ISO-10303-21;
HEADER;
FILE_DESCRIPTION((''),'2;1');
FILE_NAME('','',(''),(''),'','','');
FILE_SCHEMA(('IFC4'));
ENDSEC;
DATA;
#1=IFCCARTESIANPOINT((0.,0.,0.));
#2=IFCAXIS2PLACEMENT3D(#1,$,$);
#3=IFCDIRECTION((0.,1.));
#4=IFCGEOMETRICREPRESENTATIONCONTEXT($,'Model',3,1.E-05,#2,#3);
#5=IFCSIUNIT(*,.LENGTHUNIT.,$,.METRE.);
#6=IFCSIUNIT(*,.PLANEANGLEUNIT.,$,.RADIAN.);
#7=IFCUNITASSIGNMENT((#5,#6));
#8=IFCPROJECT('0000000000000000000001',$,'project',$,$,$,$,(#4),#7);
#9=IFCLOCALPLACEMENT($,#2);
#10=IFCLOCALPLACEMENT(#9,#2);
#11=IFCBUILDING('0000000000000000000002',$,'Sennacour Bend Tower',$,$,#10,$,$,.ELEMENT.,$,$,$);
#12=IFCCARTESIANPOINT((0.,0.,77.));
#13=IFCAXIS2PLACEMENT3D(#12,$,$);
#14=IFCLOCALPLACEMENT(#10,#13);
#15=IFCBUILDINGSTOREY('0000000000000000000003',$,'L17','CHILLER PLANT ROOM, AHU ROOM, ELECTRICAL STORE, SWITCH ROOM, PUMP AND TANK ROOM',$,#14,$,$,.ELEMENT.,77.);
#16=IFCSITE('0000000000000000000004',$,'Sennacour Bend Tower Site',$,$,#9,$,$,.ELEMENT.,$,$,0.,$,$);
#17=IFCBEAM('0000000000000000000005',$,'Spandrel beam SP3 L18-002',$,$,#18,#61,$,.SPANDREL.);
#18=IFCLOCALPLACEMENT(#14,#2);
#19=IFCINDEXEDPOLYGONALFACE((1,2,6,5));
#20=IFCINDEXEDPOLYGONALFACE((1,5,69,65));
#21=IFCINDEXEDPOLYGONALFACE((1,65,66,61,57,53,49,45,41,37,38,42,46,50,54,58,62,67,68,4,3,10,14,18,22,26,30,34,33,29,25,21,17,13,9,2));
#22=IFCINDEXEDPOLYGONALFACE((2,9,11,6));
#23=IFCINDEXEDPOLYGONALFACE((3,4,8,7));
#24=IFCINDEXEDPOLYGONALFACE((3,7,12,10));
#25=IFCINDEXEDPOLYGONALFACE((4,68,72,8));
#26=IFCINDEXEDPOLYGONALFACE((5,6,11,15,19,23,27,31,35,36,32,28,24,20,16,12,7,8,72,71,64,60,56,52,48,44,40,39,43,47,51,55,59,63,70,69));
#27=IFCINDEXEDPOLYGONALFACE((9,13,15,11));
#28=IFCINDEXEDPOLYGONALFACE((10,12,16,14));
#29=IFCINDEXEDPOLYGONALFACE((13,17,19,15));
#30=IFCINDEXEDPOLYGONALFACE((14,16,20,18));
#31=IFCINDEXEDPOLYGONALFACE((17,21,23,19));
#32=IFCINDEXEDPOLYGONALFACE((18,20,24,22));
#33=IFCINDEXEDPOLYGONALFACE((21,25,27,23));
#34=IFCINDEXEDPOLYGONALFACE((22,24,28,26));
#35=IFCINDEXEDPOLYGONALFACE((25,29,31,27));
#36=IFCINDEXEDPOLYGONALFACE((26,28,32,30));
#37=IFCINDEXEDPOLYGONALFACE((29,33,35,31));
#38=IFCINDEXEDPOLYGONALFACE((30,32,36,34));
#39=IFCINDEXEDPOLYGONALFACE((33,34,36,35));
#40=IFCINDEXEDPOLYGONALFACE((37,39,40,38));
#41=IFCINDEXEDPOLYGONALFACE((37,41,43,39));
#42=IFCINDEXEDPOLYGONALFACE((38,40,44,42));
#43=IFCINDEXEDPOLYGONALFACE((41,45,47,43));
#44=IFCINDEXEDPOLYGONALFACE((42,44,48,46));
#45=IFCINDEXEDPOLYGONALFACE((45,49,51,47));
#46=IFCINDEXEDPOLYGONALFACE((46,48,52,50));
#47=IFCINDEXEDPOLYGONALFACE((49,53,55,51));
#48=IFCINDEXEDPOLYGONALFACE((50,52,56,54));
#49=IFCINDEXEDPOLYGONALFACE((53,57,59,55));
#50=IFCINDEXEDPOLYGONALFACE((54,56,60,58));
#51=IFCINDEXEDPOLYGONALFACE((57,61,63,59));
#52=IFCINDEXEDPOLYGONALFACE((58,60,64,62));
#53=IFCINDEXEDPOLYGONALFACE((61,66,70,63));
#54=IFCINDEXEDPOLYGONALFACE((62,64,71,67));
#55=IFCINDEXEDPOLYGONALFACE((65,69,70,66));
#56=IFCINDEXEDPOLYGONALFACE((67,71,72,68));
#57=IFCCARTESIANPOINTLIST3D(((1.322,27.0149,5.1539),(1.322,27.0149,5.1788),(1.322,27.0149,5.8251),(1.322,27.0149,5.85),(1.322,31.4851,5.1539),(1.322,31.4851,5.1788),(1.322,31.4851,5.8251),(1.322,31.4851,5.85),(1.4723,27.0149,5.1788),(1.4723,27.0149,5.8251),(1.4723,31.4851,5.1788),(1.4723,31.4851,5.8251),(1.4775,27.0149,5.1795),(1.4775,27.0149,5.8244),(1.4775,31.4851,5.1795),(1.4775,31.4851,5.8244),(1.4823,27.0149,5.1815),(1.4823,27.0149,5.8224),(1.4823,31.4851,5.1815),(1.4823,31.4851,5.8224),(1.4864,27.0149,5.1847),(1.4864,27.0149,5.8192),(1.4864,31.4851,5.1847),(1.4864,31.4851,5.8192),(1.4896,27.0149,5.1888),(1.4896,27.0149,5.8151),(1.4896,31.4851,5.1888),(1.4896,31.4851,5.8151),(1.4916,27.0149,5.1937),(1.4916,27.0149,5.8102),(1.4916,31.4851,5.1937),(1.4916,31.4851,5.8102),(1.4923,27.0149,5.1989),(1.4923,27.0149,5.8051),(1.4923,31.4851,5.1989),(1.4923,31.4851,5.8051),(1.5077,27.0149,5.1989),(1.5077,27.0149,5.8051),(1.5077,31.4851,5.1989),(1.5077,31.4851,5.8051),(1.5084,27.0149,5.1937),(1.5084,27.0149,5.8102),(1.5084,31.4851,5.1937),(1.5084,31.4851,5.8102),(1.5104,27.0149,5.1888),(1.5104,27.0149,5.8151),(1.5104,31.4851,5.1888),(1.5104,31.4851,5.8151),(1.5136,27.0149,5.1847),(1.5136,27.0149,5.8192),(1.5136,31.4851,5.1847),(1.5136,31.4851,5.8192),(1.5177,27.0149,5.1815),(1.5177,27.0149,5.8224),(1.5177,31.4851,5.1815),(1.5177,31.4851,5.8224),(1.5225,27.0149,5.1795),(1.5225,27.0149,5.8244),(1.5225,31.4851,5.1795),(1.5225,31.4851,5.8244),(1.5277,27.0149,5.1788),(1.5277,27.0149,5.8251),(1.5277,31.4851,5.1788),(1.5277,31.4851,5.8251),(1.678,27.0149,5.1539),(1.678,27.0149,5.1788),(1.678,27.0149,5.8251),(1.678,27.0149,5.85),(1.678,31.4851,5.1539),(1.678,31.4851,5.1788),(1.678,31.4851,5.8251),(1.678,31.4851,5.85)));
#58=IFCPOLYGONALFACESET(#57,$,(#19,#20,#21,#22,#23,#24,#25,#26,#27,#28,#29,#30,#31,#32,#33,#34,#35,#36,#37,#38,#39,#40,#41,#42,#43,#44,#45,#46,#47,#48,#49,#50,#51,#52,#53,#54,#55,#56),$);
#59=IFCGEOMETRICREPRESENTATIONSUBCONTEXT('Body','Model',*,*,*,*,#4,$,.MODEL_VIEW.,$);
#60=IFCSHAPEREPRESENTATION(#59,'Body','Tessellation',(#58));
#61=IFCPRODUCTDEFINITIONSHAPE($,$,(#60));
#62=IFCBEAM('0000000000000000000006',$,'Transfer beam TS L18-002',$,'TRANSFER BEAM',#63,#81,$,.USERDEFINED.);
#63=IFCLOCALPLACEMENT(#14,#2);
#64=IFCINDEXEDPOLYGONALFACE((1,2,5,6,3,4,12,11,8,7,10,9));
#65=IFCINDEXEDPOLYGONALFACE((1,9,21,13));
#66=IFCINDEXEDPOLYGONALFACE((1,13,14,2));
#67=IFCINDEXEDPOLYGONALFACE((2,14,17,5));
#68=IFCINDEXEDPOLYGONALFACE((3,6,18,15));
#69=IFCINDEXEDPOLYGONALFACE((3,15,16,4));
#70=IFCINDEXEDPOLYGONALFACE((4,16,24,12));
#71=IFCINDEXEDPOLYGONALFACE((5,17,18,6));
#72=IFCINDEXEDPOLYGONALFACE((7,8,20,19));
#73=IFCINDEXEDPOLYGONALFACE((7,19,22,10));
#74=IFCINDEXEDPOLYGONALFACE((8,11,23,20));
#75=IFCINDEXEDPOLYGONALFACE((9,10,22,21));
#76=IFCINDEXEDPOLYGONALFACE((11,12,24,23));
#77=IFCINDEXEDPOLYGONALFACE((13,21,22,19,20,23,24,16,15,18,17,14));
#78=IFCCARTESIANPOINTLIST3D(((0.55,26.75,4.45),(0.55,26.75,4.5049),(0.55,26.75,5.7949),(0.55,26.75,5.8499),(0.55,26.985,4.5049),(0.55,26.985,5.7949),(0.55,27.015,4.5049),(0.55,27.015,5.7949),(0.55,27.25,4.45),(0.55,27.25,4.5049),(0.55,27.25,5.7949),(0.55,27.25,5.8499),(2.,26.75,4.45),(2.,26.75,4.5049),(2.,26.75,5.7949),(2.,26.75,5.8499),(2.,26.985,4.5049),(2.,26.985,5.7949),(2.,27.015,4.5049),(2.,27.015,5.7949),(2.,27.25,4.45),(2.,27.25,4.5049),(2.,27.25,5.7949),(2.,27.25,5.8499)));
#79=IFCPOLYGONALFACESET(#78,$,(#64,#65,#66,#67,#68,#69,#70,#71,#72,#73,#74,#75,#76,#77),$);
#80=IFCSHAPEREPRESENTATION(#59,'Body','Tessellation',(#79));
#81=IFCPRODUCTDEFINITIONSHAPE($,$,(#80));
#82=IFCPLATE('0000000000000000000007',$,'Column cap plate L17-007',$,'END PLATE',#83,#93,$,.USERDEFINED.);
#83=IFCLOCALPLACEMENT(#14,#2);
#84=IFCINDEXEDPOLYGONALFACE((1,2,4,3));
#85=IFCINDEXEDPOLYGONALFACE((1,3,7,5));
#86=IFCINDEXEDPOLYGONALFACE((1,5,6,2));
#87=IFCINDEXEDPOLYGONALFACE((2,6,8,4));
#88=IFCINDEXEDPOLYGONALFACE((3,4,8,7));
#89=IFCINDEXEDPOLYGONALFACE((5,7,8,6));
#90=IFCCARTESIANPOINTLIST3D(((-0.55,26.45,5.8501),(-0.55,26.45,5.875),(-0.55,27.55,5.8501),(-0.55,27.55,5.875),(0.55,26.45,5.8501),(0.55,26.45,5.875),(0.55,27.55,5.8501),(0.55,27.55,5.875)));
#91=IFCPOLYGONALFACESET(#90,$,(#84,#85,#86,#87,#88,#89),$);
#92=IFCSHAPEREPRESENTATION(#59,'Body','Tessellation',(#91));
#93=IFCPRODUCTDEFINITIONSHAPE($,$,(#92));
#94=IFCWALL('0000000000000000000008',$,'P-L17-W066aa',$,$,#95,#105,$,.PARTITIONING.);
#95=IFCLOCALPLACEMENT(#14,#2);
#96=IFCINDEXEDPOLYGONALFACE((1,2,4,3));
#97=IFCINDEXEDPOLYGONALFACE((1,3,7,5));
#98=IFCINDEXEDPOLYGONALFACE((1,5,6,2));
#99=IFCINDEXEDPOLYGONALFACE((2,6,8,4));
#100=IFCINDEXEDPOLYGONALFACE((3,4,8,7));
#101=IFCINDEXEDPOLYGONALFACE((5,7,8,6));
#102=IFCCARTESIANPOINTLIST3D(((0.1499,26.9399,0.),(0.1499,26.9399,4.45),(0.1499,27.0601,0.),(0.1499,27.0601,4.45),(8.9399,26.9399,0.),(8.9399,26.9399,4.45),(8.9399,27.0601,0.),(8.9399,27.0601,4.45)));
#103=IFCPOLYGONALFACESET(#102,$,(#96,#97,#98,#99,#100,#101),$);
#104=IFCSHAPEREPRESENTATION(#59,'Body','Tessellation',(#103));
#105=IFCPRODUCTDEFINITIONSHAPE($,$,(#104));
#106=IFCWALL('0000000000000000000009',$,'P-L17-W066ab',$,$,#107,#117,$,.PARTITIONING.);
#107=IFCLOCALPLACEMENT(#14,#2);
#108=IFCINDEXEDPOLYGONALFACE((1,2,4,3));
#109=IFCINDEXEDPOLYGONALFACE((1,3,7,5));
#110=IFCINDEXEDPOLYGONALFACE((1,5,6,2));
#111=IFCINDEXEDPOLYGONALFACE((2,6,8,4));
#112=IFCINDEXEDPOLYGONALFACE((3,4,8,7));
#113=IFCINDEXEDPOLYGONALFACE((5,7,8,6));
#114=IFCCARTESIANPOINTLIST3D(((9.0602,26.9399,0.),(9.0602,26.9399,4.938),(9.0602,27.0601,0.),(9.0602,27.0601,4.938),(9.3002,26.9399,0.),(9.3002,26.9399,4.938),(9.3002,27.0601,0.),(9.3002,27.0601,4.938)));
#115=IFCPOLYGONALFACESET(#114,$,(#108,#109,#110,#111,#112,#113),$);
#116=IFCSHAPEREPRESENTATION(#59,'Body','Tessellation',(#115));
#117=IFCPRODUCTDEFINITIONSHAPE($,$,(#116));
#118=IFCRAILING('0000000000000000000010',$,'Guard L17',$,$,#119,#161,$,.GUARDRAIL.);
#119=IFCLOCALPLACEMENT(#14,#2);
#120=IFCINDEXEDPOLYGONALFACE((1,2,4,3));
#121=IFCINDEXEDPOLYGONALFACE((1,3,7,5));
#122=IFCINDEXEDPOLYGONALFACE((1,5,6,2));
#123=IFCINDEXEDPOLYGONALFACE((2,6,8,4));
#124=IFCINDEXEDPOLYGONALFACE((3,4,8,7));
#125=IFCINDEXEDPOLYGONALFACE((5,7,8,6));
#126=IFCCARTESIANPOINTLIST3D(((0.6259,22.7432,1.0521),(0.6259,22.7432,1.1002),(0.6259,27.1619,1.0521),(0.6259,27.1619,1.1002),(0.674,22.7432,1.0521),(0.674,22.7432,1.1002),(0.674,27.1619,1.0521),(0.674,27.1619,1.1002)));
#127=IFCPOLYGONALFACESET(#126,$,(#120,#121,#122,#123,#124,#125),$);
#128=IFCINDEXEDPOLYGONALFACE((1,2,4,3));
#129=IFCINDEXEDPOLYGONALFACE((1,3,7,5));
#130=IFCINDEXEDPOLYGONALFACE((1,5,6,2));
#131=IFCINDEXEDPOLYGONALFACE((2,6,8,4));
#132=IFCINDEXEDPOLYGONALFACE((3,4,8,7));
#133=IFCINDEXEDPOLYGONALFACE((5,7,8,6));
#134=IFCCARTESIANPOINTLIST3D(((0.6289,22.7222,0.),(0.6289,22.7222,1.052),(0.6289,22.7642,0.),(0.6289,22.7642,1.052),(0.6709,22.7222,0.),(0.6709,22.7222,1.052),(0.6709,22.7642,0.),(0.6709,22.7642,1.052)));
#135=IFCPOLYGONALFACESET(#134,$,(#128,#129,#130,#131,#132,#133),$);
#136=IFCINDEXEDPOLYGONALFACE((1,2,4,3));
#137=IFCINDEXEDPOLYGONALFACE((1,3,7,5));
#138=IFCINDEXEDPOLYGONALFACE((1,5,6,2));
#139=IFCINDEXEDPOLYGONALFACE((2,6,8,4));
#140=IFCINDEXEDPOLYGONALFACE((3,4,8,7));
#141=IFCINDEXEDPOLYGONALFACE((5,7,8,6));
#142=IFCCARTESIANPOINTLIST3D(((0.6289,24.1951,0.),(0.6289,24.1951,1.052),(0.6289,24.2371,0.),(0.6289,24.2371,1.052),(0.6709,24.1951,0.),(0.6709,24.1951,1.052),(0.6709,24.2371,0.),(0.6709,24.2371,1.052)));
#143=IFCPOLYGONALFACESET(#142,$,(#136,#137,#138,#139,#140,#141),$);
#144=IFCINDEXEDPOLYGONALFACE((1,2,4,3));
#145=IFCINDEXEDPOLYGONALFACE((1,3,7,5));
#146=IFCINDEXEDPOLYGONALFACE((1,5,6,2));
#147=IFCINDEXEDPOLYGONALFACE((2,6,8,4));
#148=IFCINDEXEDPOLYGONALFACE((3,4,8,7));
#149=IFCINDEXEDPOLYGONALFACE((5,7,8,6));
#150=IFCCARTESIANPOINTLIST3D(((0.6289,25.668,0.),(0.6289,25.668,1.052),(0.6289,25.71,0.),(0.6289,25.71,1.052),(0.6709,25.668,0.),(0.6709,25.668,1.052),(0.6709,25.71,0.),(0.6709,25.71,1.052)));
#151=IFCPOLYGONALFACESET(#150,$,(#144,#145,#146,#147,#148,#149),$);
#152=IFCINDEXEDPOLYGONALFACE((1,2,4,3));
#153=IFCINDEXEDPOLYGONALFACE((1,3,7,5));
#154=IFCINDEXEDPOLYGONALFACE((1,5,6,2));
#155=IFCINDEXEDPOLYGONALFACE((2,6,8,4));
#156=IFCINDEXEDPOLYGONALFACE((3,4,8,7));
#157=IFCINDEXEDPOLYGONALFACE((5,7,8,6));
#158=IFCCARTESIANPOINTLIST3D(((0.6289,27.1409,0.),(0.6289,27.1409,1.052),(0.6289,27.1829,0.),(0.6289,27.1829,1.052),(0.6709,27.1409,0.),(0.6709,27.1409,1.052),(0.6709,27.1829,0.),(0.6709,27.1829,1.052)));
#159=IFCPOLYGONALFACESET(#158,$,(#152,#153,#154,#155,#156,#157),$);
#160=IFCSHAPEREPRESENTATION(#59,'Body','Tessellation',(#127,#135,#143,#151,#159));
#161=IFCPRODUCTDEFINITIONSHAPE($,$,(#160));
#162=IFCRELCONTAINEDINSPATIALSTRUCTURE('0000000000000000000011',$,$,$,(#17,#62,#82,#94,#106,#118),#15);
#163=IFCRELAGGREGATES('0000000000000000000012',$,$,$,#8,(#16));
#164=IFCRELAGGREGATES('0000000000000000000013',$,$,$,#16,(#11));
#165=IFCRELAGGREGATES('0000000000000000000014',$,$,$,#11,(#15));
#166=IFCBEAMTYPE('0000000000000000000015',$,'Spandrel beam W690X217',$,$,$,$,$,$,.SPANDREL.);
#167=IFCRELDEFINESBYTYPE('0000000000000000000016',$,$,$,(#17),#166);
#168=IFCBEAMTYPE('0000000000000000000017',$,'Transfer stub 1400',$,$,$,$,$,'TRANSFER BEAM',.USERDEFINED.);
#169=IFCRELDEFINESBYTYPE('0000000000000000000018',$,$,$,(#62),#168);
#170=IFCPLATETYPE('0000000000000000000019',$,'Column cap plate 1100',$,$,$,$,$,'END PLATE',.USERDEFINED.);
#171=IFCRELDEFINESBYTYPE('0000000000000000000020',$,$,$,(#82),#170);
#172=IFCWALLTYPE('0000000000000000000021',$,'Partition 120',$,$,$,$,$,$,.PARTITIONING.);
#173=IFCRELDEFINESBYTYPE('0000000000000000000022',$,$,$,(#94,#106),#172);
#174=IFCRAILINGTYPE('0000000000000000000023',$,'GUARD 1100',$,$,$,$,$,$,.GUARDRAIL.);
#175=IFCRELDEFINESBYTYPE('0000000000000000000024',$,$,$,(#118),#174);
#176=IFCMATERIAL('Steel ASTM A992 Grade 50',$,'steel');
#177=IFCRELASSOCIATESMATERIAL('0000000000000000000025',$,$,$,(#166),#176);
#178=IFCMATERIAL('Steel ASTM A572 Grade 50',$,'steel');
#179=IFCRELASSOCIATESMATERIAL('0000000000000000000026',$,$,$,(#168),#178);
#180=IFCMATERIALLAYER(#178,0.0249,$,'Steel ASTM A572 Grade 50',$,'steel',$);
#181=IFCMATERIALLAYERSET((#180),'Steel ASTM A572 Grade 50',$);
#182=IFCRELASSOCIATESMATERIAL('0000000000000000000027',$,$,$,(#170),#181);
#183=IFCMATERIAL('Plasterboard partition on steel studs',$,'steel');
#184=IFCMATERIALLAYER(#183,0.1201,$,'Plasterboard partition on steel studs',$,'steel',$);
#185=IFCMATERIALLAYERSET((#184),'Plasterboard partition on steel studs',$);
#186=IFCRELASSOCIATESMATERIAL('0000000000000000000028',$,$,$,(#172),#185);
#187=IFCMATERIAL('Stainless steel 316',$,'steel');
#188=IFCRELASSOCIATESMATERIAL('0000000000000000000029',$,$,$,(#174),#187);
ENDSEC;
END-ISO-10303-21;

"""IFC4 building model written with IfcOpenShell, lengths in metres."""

from ifc_helpers import new_model, si_unit, direction, frame, frame_2d, origin, origin_2d, place, context, subcontext, project, spatial, rectangle, i_section, extrude, material, layer, layer_set, material_profile, profile_set, type_object, element, save


model = new_model("IFC4")

# Units and contexts
model_context = context("Model", 3, precision=1e-05, world=origin(), true_north=direction((0.0, 1.0)))
body_context = subcontext(model_context, "Body", "Model", "MODEL_VIEW")
ifc_project = project(units=[si_unit("LENGTHUNIT", "METRE"), si_unit("PLANEANGLEUNIT", "RADIAN")], contexts=[model_context])

# Site, building, storey
site_placement = place(None, origin())
site = spatial("IfcSite", under=ifc_project, at=site_placement, Name="Sennacour Bend Tower Site", CompositionType="ELEMENT", RefElevation=0.0)
building_placement = place(site_placement, origin())
building = spatial("IfcBuilding", under=site, at=building_placement, Name="Sennacour Bend Tower", CompositionType="ELEMENT")
storey_placement = place(building_placement, frame((0.0, 0.0, 77.0)))
storey = spatial("IfcBuildingStorey", under=building, at=storey_placement, Name="L17", Description="CHILLER PLANT ROOM, AHU ROOM, ELECTRICAL STORE, SWITCH ROOM, PUMP AND TANK ROOM", CompositionType="ELEMENT", Elevation=77.0)

# Shared definitions
ifc_material_1 = material(Name="Steel ASTM A572 Grade 50", Category="steel")

# Shared definitions
ifc_material_2 = material(Name="Steel ASTM A992 Grade 50", Category="steel")

# Beams
ifc_material_profile_1 = material_profile(ifc_material_2, i_section(OverallWidth=0.356, OverallDepth=0.696, WebThickness=0.0154, FlangeThickness=0.0249, FilletRadius=0.02, at=origin_2d()), Name="Steel ASTM A992 Grade 50", Category="steel")
ifc_profile_set_1 = profile_set([ifc_material_profile_1], Name="Steel ASTM A992 Grade 50")
beam_type_1 = type_object("IfcBeamType", Name="Spandrel beam W690X217", PredefinedType="SPANDREL", material=ifc_profile_set_1)
beam_1_placement = place(storey_placement, frame((1.5, 27.0149, 5.502), z_axis=(0.0, 1.0, 0.0), x_axis=(-1.0, 0.0, 0.0)))
element("IfcBeam", 1, at=beam_1_placement, inside=storey, type_object=beam_type_1, Name="Spandrel beam SP3 L18-002", PredefinedType="SPANDREL", context=body_context, shape_type="SweptSolid", body=[
    extrude(i_section(OverallWidth=0.356, OverallDepth=0.696, WebThickness=0.0154, FlangeThickness=0.0249, FilletRadius=0.02, at=origin_2d()), origin(), (0.0, 0.0, 1.0), 4.4702),
])
ifc_material_profile_2 = material_profile(ifc_material_1, i_section(OverallWidth=0.5, OverallDepth=1.3999, WebThickness=0.03, FlangeThickness=0.0549, at=origin_2d()), Name="Steel ASTM A572 Grade 50", Category="steel")
ifc_profile_set_2 = profile_set([ifc_material_profile_2], Name="Steel ASTM A572 Grade 50")
beam_type_2 = type_object("IfcBeamType", Name="Transfer stub 1400", ElementType="TRANSFER BEAM", PredefinedType="USERDEFINED", material=ifc_profile_set_2)
beam_2_placement = place(storey_placement, frame((0.55, 27.0, 5.1499), z_axis=(1.0, 0.0, 0.0), x_axis=(0.0, 1.0, 0.0)))
element("IfcBeam", 2, at=beam_2_placement, inside=storey, type_object=beam_type_2, Name="Transfer beam TS L18-002", ObjectType="TRANSFER BEAM", PredefinedType="USERDEFINED", context=body_context, shape_type="SweptSolid", body=[
    extrude(i_section(OverallWidth=0.5, OverallDepth=1.3999, WebThickness=0.03, FlangeThickness=0.0549, at=origin_2d()), origin(), (0.0, 0.0, 1.0), 1.45),
])

# Plate
ifc_layer_1 = layer(ifc_material_1, 0.0249, Name="Steel ASTM A572 Grade 50", Category="steel")
ifc_layer_set_1 = layer_set([ifc_layer_1], Name="Steel ASTM A572 Grade 50")
plate_type = type_object("IfcPlateType", Name="Column cap plate 1100", ElementType="END PLATE", PredefinedType="USERDEFINED", material=ifc_layer_set_1)
plate_placement = place(storey_placement, frame((0.0, 27.0, 5.8501), z_axis=(0.0, 0.0, 1.0), x_axis=(1.0, 0.0, 0.0)))
element("IfcPlate", 3, at=plate_placement, inside=storey, type_object=plate_type, Name="Column cap plate L17-007", ObjectType="END PLATE", PredefinedType="USERDEFINED", context=body_context, shape_type="SweptSolid", body=[
    extrude(rectangle(XDim=1.1001, YDim=1.1001, at=origin_2d()), origin(), (0.0, 0.0, 1.0), 0.0249),
])

# Walls
ifc_material_3 = material(Name="Plasterboard partition on steel studs", Category="steel")
ifc_layer_2 = layer(ifc_material_3, 0.1201, Name="Plasterboard partition on steel studs", Category="steel")
ifc_layer_set_2 = layer_set([ifc_layer_2], Name="Plasterboard partition on steel studs")
wall_type = type_object("IfcWallType", Name="Partition 120", PredefinedType="PARTITIONING", material=ifc_layer_set_2)
wall_1_placement = place(storey_placement, frame((0.1499, 27.0, 0.0), z_axis=(0.0, 0.0, 1.0), x_axis=(1.0, 0.0, 0.0)))
element("IfcWall", 4, at=wall_1_placement, inside=storey, type_object=wall_type, Name="P-L17-W066aa", PredefinedType="PARTITIONING", context=body_context, shape_type="SweptSolid", body=[
    extrude(rectangle(XDim=8.79, YDim=0.1201, at=frame_2d((4.395, 0.0))), origin(), (0.0, 0.0, 1.0), 4.45),
])
wall_2_placement = place(storey_placement, frame((9.0601, 27.0, 0.0), z_axis=(0.0, 0.0, 1.0), x_axis=(1.0, 0.0, 0.0)))
element("IfcWall", 5, at=wall_2_placement, inside=storey, type_object=wall_type, Name="P-L17-W066ab", PredefinedType="PARTITIONING", context=body_context, shape_type="SweptSolid", body=[
    extrude(rectangle(XDim=0.24, YDim=0.1201, at=frame_2d((0.1201, 0.0))), origin(), (0.0, 0.0, 1.0), 4.938),
])

# Railing
ifc_material_4 = material(Name="Stainless steel 316", Category="steel")
railing_type = type_object("IfcRailingType", Name="GUARD 1100", PredefinedType="GUARDRAIL", material=ifc_material_4)
railing_1_placement = place(storey_placement, frame((0.6499, 22.7432, 0.0)))
element("IfcRailing", 6, at=railing_1_placement, inside=storey, type_object=railing_type, Name="Guard L17", PredefinedType="GUARDRAIL", context=body_context, shape_type="SweptSolid", body=[
    extrude(rectangle(XDim=0.0481, YDim=0.0481, at=origin_2d()), frame((0.0, 0.0, 1.0762), z_axis=(0.0, 1.0, 0.0), x_axis=(-1.0, 0.0, 0.0)), (0.0, 0.0, 1.0), 4.4187),
    extrude(rectangle(XDim=0.042, YDim=0.042, at=origin_2d()), origin(), (0.0, 0.0, 1.0), 1.052),
    extrude(rectangle(XDim=0.042, YDim=0.042, at=origin_2d()), frame((0.0, 1.4729, 0.0)), (0.0, 0.0, 1.0), 1.052),
    extrude(rectangle(XDim=0.042, YDim=0.042, at=origin_2d()), frame((0.0, 2.9458, 0.0)), (0.0, 0.0, 1.0), 1.052),
    extrude(rectangle(XDim=0.042, YDim=0.042, at=origin_2d()), frame((0.0, 4.4187, 0.0)), (0.0, 0.0, 1.0), 1.052),
])

save(model, "model.ifc")
